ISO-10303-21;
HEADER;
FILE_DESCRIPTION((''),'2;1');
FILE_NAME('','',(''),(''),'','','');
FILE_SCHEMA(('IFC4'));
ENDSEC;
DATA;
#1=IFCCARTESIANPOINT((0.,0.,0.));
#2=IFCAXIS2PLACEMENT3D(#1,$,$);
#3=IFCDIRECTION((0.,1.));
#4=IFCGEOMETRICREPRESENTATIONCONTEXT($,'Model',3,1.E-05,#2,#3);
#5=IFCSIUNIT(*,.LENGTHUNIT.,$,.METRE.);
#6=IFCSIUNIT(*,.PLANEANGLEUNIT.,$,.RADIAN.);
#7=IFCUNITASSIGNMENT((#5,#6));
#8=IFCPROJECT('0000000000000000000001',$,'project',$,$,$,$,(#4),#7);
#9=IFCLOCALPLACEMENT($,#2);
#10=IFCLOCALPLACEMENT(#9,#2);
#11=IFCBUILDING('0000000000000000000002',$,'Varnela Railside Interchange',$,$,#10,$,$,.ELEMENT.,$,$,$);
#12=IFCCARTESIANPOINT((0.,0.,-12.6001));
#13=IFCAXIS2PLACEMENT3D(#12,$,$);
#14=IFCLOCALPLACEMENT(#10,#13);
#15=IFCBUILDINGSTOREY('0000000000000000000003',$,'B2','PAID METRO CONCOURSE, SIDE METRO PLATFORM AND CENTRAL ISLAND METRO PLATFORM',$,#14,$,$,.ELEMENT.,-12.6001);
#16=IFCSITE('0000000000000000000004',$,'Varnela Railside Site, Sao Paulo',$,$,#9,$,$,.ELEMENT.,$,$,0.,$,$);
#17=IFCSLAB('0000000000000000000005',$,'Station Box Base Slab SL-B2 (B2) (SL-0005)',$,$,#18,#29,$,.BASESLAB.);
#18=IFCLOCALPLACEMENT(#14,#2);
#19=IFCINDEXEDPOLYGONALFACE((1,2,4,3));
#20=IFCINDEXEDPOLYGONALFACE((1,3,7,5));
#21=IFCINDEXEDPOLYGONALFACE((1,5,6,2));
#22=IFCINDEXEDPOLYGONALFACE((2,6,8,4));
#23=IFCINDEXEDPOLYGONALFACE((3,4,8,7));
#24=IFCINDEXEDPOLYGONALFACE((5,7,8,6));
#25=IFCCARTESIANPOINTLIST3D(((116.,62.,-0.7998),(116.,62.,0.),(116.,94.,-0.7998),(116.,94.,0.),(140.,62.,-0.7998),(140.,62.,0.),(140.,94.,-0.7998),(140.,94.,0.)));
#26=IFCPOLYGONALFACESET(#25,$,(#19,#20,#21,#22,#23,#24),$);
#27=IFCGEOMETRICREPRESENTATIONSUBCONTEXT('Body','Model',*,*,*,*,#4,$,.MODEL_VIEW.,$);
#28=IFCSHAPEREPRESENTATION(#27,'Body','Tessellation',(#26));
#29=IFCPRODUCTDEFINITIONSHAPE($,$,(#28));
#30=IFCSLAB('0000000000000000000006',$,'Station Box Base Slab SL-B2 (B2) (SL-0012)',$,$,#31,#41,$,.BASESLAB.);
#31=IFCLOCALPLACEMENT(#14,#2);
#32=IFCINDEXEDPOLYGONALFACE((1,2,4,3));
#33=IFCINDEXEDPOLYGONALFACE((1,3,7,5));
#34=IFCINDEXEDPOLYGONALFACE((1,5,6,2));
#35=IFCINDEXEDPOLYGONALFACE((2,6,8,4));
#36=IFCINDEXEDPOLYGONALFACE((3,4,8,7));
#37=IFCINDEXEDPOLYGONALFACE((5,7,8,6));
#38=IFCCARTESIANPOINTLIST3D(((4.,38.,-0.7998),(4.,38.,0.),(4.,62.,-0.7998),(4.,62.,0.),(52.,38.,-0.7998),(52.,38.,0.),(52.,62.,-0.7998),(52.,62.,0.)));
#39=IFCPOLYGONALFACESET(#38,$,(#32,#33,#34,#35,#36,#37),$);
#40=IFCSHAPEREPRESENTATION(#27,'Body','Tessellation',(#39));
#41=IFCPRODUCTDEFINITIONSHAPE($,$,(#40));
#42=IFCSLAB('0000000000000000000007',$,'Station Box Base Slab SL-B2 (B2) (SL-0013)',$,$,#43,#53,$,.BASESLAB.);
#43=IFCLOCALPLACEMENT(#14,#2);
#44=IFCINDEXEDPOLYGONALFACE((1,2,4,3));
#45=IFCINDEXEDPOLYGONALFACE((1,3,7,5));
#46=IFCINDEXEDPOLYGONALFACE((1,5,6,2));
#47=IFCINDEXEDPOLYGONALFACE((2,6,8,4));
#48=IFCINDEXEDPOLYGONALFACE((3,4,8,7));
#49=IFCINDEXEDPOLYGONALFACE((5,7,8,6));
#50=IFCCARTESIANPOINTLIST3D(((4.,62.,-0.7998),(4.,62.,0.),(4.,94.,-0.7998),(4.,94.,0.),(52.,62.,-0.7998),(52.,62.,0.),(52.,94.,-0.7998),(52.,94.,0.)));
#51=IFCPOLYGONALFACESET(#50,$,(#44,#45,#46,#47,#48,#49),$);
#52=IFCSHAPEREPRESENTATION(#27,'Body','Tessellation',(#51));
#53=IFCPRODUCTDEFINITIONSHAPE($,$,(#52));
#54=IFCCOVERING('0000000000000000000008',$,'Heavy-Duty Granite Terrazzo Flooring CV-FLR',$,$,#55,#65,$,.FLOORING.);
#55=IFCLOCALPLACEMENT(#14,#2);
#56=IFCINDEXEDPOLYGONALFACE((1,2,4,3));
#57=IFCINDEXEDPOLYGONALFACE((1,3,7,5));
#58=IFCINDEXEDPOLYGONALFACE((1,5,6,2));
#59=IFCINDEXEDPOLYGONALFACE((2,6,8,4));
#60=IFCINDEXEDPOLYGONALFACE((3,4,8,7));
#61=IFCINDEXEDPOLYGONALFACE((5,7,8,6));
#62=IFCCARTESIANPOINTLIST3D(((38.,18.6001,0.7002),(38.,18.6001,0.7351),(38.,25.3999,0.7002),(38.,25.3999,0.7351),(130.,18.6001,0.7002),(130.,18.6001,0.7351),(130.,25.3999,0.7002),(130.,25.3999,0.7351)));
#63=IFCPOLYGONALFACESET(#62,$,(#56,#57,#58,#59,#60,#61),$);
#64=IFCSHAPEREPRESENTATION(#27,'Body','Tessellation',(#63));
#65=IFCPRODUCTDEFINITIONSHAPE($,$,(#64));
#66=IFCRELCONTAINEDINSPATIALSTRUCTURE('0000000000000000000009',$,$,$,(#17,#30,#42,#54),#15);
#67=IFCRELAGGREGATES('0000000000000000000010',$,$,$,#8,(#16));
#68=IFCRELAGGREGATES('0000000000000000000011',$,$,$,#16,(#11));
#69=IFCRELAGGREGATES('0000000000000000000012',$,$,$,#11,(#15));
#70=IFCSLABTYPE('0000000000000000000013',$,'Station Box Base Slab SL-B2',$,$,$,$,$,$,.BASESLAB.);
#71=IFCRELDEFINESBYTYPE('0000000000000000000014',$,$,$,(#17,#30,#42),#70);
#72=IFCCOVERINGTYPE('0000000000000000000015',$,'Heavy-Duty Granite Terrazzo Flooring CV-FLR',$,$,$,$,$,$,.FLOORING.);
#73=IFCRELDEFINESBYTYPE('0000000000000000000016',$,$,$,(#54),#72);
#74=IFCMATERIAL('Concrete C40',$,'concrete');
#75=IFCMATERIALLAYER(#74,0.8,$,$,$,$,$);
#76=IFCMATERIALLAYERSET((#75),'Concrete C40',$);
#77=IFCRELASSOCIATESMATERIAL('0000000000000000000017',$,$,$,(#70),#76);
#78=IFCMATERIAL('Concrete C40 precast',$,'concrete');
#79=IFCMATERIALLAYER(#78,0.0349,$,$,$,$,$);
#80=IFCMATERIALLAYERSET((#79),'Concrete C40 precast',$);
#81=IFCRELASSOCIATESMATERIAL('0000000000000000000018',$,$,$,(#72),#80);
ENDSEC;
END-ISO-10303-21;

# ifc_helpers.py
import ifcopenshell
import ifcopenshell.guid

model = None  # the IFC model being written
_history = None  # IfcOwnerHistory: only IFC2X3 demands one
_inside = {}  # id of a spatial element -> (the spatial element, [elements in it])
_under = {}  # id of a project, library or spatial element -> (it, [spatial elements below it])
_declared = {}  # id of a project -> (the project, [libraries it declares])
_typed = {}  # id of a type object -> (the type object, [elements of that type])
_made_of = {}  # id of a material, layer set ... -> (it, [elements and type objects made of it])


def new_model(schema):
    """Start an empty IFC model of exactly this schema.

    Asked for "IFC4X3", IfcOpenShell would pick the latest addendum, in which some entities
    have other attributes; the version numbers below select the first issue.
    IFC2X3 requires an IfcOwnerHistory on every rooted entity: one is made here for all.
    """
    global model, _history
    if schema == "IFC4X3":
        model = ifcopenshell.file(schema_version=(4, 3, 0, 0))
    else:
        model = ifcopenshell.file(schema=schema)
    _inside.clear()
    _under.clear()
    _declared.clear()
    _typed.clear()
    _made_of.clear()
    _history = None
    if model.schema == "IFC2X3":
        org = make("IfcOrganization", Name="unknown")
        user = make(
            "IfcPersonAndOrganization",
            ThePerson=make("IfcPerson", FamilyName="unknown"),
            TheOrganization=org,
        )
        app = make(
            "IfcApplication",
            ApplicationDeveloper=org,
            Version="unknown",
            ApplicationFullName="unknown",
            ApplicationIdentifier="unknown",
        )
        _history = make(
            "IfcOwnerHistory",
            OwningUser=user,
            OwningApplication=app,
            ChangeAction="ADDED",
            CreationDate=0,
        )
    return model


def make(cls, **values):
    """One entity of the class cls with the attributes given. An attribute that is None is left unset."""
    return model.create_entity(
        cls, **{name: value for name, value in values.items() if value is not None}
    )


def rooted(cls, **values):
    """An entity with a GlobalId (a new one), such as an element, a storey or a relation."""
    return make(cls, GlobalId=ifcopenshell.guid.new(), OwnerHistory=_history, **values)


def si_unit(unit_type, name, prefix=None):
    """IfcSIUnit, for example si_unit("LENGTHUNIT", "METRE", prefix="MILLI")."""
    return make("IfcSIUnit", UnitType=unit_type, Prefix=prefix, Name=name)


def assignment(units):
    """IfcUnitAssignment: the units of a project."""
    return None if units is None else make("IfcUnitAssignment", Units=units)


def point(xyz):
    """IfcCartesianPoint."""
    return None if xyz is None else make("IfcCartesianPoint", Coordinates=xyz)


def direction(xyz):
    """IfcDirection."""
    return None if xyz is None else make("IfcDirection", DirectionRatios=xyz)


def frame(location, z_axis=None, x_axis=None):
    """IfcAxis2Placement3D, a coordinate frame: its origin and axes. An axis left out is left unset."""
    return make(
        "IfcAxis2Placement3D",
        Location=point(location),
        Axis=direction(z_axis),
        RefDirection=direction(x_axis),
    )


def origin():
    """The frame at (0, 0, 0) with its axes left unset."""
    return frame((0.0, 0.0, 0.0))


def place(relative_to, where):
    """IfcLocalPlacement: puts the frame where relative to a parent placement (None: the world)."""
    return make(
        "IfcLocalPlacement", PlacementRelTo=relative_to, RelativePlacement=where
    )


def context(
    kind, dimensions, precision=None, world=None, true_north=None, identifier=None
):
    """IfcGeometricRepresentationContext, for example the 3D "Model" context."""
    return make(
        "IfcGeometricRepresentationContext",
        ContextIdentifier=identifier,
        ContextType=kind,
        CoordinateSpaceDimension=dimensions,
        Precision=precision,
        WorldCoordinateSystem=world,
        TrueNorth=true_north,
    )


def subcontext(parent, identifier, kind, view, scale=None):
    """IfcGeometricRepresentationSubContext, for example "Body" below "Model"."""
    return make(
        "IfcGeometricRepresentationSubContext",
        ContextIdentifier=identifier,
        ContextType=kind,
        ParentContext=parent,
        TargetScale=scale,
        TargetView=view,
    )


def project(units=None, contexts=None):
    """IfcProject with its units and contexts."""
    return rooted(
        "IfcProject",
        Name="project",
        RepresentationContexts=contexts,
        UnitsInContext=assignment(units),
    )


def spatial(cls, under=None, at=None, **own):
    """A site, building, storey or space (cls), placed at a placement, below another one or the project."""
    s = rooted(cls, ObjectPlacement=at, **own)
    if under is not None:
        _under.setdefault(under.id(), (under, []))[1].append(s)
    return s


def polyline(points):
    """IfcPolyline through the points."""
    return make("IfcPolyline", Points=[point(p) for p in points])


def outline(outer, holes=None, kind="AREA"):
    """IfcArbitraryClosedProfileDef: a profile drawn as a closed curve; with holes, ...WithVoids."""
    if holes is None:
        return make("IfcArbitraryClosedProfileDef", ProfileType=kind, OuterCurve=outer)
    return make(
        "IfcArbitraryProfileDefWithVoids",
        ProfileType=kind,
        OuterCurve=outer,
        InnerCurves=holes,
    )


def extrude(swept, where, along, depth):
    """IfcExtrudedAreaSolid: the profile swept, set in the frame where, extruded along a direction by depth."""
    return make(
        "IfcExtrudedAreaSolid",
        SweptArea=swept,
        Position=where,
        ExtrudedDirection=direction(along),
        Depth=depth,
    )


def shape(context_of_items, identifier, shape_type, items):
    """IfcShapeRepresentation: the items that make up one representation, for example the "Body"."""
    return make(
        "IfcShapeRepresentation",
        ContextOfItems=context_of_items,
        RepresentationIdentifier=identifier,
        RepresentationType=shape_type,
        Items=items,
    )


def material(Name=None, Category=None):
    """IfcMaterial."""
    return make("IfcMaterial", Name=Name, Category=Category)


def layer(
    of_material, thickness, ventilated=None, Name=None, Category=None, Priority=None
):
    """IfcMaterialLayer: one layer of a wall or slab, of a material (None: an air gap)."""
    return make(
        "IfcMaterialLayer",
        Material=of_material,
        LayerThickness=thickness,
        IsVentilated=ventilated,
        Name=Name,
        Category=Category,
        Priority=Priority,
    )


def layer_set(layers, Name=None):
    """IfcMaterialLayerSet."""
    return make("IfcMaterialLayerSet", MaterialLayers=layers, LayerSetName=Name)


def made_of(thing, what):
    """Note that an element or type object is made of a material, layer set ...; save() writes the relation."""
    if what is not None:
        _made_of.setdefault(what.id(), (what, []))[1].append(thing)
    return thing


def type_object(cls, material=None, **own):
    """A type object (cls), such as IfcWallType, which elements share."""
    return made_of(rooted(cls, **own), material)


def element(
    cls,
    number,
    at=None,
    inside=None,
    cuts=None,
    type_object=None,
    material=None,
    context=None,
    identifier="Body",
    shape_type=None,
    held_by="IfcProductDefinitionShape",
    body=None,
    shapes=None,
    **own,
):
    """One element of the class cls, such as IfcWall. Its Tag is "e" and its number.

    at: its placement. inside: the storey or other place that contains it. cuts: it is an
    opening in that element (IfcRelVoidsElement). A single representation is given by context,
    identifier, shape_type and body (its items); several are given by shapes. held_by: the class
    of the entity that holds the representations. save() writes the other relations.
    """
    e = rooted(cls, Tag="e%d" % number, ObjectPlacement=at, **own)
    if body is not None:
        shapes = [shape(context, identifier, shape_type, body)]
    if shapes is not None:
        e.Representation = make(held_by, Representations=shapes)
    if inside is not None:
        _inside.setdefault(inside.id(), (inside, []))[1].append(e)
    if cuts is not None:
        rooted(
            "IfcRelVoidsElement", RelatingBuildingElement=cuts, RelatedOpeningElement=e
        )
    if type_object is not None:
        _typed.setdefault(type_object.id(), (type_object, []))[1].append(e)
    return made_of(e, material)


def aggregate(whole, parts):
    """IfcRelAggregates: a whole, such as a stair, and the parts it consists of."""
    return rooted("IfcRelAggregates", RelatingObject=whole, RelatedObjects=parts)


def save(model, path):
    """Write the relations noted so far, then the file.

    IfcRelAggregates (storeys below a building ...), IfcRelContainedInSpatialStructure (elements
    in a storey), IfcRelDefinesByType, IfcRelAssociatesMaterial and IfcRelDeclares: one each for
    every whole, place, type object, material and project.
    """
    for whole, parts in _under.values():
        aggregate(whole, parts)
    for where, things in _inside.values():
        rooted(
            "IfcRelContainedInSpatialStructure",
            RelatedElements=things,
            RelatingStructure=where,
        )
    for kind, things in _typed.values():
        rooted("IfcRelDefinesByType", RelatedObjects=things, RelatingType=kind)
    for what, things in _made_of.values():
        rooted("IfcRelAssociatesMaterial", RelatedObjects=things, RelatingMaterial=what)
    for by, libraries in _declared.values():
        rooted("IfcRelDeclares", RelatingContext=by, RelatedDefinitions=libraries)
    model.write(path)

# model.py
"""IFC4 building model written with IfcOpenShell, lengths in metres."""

from ifc_helpers import new_model, si_unit, direction, frame, origin, place, context, subcontext, project, spatial, polyline, outline, extrude, material, layer, layer_set, type_object, element, save


model = new_model("IFC4")

# Units and contexts
model_context = context("Model", 3, precision=1e-05, world=origin(), true_north=direction((0.0, 1.0)))
body_context = subcontext(model_context, "Body", "Model", "MODEL_VIEW")
ifc_project = project(units=[si_unit("LENGTHUNIT", "METRE"), si_unit("PLANEANGLEUNIT", "RADIAN")], contexts=[model_context])

# Site, building, storey
site_placement = place(None, origin())
site = spatial("IfcSite", under=ifc_project, at=site_placement, Name="Varnela Railside Site, Sao Paulo", CompositionType="ELEMENT", RefElevation=0.0)
building_placement = place(site_placement, origin())
building = spatial("IfcBuilding", under=site, at=building_placement, Name="Varnela Railside Interchange", CompositionType="ELEMENT")
storey_placement = place(building_placement, frame((0.0, 0.0, -12.6001)))
storey = spatial("IfcBuildingStorey", under=building, at=storey_placement, Name="B2", Description="PAID METRO CONCOURSE, SIDE METRO PLATFORM AND CENTRAL ISLAND METRO PLATFORM", CompositionType="ELEMENT", Elevation=-12.6001)

# Shared definitions
ifc_material_1 = material(Name="Concrete C40", Category="concrete")

# Slabs
ifc_layer_1 = layer(ifc_material_1, 0.8)
ifc_layer_set_1 = layer_set([ifc_layer_1], Name="Concrete C40")
slab_type_1 = type_object("IfcSlabType", Name="Station Box Base Slab SL-B2", PredefinedType="BASESLAB", material=ifc_layer_set_1)
slab_1_placement = place(storey_placement, frame((0.0, 0.0, -0.7998)))
element("IfcSlab", 1, at=slab_1_placement, inside=storey, type_object=slab_type_1, Name="Station Box Base Slab SL-B2 (B2) (SL-0005)", PredefinedType="BASESLAB", context=body_context, shape_type="SweptSolid", body=[
    extrude(outline(polyline([(116.0, 62.0), (140.0, 62.0), (140.0, 94.0), (116.0, 94.0), (116.0, 62.0)])), origin(), (0.0, 0.0, 1.0), 0.7998),
])
slab_2_placement = place(storey_placement, frame((0.0, 0.0, -0.7998)))
element("IfcSlab", 2, at=slab_2_placement, inside=storey, type_object=slab_type_1, Name="Station Box Base Slab SL-B2 (B2) (SL-0012)", PredefinedType="BASESLAB", context=body_context, shape_type="SweptSolid", body=[
    extrude(outline(polyline([(4.0, 38.0), (52.0, 38.0), (52.0, 62.0), (4.0, 62.0), (4.0, 38.0)])), origin(), (0.0, 0.0, 1.0), 0.7998),
])
slab_3_placement = place(storey_placement, frame((0.0, 0.0, -0.7998)))
element("IfcSlab", 3, at=slab_3_placement, inside=storey, type_object=slab_type_1, Name="Station Box Base Slab SL-B2 (B2) (SL-0013)", PredefinedType="BASESLAB", context=body_context, shape_type="SweptSolid", body=[
    extrude(outline(polyline([(4.0, 62.0), (52.0, 62.0), (52.0, 94.0), (4.0, 94.0), (4.0, 62.0)])), origin(), (0.0, 0.0, 1.0), 0.7998),
])

# Covering
ifc_material_2 = material(Name="Concrete C40 precast", Category="concrete")
ifc_layer_2 = layer(ifc_material_2, 0.0349)
ifc_layer_set_2 = layer_set([ifc_layer_2], Name="Concrete C40 precast")
covering_type = type_object("IfcCoveringType", Name="Heavy-Duty Granite Terrazzo Flooring CV-FLR", PredefinedType="FLOORING", material=ifc_layer_set_2)
covering_placement = place(storey_placement, frame((0.0, 0.0, 0.7002)))
element("IfcCovering", 4, at=covering_placement, inside=storey, type_object=covering_type, Name="Heavy-Duty Granite Terrazzo Flooring CV-FLR", PredefinedType="FLOORING", context=body_context, shape_type="SweptSolid", body=[
    extrude(outline(polyline([(38.0, 18.6001), (130.0, 18.6001), (130.0, 25.3999), (38.0, 25.3999), (38.0, 18.6001)])), origin(), (0.0, 0.0, 1.0), 0.0349),
])

save(model, "model.ifc")
